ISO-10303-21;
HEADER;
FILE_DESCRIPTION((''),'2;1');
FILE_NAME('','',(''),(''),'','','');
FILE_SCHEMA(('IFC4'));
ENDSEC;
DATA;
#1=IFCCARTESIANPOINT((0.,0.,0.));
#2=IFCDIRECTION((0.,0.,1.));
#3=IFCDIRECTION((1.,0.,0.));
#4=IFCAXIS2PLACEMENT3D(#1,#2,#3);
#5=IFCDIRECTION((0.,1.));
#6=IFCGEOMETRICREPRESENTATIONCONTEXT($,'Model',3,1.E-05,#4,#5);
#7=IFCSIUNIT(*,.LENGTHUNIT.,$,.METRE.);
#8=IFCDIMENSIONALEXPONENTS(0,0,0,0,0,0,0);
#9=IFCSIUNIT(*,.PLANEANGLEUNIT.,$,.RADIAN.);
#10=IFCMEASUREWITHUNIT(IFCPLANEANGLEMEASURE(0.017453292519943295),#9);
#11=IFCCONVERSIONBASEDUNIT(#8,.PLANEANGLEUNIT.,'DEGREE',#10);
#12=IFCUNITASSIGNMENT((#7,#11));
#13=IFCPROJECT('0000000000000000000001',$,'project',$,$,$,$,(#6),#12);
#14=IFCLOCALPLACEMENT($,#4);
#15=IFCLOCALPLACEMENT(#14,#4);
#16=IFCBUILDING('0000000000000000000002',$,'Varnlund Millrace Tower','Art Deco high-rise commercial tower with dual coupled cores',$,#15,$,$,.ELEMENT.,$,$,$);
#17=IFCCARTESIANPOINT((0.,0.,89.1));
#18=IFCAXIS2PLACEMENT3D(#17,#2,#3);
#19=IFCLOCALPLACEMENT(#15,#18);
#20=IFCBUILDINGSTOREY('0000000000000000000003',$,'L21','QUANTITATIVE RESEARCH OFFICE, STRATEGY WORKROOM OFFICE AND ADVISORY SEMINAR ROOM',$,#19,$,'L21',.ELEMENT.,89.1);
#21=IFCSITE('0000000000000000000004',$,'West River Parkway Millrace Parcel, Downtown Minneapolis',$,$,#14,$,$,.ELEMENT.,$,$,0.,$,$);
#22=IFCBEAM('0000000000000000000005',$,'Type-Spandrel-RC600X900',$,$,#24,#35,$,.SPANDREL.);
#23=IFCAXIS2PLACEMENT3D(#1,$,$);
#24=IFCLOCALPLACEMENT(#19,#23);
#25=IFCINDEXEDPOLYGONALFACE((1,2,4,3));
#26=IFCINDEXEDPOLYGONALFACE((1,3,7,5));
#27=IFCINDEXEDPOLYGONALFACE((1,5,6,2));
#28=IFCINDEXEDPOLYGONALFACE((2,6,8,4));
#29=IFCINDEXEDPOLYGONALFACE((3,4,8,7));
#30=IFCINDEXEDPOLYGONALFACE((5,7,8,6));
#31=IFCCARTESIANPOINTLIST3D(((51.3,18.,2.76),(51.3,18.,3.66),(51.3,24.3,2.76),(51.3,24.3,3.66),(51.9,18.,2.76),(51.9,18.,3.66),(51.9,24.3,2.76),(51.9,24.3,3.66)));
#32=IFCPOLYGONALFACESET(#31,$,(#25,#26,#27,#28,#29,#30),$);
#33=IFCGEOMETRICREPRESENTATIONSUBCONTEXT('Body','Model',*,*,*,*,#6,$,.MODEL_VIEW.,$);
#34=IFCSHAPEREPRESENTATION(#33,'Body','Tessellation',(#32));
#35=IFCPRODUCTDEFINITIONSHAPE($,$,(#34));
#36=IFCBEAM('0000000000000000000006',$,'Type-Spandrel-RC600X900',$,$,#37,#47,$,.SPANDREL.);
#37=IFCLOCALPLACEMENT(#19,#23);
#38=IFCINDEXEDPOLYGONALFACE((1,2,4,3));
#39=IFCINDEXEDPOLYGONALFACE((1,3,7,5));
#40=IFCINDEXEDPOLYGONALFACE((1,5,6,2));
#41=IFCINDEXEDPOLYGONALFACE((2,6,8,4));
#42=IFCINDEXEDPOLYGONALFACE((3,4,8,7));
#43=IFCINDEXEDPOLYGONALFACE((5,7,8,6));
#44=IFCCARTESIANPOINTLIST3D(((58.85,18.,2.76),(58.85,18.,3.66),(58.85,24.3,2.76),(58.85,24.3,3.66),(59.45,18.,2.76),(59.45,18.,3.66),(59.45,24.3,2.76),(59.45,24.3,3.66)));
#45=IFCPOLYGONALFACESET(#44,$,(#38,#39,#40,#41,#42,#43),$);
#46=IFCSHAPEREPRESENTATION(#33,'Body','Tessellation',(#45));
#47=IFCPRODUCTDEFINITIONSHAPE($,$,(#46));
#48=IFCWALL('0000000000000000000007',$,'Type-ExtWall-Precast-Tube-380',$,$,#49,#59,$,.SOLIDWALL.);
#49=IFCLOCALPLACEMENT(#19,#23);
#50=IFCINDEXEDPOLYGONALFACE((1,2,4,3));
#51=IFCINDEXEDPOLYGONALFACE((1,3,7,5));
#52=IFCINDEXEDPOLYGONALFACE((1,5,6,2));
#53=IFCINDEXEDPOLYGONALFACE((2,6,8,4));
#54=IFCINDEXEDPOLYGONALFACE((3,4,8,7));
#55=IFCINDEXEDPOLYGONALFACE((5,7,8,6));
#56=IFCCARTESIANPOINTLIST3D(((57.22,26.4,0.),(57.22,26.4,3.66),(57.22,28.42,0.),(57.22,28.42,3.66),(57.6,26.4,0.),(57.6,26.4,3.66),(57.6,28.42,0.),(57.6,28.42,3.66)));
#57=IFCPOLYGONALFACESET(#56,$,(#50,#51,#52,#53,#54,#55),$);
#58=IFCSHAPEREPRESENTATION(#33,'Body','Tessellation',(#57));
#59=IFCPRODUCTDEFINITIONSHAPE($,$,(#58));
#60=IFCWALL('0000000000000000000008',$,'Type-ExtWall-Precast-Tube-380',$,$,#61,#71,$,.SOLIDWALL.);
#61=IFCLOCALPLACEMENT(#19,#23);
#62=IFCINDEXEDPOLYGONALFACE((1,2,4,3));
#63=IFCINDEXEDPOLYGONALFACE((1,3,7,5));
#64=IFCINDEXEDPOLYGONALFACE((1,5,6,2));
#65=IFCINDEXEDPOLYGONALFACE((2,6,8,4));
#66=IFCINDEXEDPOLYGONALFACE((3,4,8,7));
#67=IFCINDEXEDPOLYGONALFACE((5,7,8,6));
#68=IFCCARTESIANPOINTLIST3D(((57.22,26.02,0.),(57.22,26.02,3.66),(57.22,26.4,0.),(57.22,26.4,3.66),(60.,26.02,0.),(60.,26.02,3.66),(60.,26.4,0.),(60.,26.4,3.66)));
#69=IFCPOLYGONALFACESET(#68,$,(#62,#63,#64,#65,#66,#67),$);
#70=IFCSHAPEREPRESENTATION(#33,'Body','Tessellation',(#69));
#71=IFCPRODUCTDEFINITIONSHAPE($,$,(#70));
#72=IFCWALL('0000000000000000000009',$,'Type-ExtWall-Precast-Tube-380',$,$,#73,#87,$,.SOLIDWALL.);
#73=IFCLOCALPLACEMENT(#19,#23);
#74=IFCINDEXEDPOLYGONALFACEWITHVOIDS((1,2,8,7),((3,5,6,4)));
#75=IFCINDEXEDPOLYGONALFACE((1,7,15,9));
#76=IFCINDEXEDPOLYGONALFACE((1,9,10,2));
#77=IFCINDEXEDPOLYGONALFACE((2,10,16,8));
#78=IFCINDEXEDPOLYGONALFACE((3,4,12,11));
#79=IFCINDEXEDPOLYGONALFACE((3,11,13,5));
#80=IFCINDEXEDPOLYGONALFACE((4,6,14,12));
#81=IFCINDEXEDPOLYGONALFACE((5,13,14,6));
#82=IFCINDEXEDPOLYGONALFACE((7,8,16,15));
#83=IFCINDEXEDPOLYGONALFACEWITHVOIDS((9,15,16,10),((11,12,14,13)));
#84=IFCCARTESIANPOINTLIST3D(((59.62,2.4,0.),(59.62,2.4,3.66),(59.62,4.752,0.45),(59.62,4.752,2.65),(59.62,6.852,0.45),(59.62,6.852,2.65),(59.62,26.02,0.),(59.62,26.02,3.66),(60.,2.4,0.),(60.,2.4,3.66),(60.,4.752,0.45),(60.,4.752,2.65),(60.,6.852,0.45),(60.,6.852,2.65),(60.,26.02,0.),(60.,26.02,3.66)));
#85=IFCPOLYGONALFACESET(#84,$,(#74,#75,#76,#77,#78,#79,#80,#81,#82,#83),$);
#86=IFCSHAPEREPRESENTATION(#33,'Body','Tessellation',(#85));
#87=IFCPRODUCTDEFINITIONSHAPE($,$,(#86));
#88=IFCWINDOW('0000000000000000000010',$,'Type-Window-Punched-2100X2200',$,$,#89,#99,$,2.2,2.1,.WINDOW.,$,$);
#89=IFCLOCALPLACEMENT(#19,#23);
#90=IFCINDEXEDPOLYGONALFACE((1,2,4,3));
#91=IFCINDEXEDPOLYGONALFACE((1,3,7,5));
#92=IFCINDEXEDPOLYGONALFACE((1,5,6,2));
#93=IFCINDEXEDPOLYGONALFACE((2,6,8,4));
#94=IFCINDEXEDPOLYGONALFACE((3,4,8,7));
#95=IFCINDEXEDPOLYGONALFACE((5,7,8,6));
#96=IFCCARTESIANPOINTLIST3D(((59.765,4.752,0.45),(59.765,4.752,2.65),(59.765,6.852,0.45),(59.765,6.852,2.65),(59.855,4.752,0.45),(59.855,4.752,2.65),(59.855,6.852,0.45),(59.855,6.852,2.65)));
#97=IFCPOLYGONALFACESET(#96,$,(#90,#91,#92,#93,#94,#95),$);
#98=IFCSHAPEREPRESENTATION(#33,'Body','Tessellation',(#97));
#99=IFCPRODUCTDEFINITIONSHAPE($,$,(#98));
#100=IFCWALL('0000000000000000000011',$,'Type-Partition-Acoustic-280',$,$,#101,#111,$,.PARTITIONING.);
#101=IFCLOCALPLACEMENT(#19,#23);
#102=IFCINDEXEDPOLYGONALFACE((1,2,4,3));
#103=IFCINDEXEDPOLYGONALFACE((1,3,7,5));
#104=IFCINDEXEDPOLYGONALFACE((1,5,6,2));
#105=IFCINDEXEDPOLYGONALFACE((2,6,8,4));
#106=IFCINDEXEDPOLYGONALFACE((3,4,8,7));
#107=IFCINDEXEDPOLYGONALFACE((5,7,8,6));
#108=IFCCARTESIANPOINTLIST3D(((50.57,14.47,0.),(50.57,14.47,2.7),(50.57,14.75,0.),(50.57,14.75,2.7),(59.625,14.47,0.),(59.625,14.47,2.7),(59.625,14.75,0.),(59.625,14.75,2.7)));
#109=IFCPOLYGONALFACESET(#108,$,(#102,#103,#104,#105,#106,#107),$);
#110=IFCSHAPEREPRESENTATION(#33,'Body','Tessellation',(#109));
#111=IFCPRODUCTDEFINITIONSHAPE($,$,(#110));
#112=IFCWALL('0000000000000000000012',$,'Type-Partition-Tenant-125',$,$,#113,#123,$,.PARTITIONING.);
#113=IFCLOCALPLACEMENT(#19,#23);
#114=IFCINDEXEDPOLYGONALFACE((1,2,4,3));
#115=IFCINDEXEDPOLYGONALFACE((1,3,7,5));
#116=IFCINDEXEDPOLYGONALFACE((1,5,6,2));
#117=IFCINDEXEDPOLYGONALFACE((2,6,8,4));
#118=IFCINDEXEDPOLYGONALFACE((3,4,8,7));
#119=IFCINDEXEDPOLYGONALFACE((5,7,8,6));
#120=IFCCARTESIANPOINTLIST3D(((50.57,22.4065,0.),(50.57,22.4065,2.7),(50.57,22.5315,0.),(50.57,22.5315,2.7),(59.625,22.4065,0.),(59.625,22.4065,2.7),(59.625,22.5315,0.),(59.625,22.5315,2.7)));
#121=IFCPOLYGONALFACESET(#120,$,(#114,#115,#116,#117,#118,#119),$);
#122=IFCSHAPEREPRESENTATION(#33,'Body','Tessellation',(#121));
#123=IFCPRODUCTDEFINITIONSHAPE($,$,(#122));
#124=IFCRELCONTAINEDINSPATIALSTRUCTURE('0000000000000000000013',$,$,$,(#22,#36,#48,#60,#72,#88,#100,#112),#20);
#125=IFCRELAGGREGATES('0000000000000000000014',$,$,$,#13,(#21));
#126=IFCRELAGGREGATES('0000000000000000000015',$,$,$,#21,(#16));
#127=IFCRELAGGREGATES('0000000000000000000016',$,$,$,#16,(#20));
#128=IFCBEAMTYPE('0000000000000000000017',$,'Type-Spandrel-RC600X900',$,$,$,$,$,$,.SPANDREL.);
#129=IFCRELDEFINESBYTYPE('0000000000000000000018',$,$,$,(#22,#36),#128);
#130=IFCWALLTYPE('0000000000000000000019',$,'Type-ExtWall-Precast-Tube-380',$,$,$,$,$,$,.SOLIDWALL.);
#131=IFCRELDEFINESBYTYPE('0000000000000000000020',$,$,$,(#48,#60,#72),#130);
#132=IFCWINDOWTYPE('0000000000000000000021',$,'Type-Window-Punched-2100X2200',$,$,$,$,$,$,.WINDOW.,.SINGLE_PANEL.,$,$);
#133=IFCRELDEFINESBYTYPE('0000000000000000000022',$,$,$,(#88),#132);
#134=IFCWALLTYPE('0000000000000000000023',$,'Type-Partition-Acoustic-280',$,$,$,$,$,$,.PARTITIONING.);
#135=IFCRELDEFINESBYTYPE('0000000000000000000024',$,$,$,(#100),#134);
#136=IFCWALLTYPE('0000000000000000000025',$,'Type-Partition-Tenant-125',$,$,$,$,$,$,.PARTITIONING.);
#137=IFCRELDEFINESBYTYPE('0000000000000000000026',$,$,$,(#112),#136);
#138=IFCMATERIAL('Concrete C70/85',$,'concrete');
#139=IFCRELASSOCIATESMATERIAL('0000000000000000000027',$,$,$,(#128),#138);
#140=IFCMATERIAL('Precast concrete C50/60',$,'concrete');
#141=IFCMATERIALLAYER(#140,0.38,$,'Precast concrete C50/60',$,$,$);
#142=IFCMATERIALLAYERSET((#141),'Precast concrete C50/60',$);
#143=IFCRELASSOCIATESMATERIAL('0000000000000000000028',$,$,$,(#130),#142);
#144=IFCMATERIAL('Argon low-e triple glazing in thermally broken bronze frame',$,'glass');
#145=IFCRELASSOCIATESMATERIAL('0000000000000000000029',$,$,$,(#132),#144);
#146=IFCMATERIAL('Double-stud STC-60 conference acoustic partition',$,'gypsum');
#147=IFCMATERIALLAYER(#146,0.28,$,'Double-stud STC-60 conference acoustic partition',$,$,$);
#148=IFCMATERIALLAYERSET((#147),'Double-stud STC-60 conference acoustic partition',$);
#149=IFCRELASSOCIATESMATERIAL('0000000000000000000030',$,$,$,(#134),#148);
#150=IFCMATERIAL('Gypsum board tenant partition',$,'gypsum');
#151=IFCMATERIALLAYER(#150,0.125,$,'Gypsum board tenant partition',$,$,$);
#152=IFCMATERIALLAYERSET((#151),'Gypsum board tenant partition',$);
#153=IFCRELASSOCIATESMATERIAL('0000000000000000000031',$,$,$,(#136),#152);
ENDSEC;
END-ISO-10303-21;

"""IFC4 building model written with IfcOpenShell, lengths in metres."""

from ifc_helpers import new_model, entity, si_unit, converted_unit, direction, frame, origin_with_axes, origin_2d_with_axis, place, context, subcontext, project, spatial, polyline, rectangle, outline, extrude, material, layer, layer_set, material_profile, profile_set, type_object, element, fill, save


model = new_model("IFC4")

# Units and contexts
model_context = context("Model", 3, precision=1e-05, world=origin_with_axes(), true_north=direction((0.0, 1.0)))
body_context = subcontext(model_context, "Body", "Model", "MODEL_VIEW")
ifc_project = project(units=[si_unit("LENGTHUNIT", "METRE"), converted_unit("PLANEANGLEUNIT", "DEGREE", entity("IfcPlaneAngleMeasure", 0.017453292519943295), si_unit("PLANEANGLEUNIT", "RADIAN"), dimensions=[0, 0, 0, 0, 0, 0, 0])], contexts=[model_context])

# Site, building, storey
site_placement = place(None, origin_with_axes())
site = spatial("IfcSite", under=ifc_project, at=site_placement, Name="West River Parkway Millrace Parcel, Downtown Minneapolis", CompositionType="ELEMENT", RefElevation=0.0)
building_placement = place(site_placement, origin_with_axes())
building = spatial("IfcBuilding", under=site, at=building_placement, Name="Varnlund Millrace Tower", Description="Art Deco high-rise commercial tower with dual coupled cores", CompositionType="ELEMENT")
storey_placement = place(building_placement, frame((0.0, 0.0, 89.1), z_axis=(0.0, 0.0, 1.0), x_axis=(1.0, 0.0, 0.0)))
storey = spatial("IfcBuildingStorey", under=building, at=storey_placement, Name="L21", Description="QUANTITATIVE RESEARCH OFFICE, STRATEGY WORKROOM OFFICE AND ADVISORY SEMINAR ROOM", LongName="L21", CompositionType="ELEMENT", Elevation=89.1)

# Beams
ifc_material_1 = material(Name="Concrete C70/85", Category="concrete")
ifc_material_profile_1 = material_profile(ifc_material_1, rectangle(XDim=0.6, YDim=0.9, at=origin_2d_with_axis()), Name="Concrete C70/85")
ifc_profile_set_1 = profile_set([ifc_material_profile_1], Name="Concrete C70/85")
beam_type_1 = type_object("IfcBeamType", Name="Type-Spandrel-RC600X900", PredefinedType="SPANDREL", material=ifc_profile_set_1)
for number, where, z_axis, x_axis, name in (
    (1, (51.6, 18.0, 3.21), (0.0, 1.0, 0.0), (-1.0, 0.0, 0.0), "Type-Spandrel-RC600X900"),
    (2, (59.15, 18.0, 3.21), (0.0, 1.0, 0.0), (-1.0, 0.0, 0.0), "Type-Spandrel-RC600X900"),
):
    element("IfcBeam", number, at=place(storey_placement, frame(where, z_axis=z_axis, x_axis=x_axis)), inside=storey, type_object=beam_type_1, Name=name, PredefinedType="SPANDREL", context=body_context, shape_type="SweptSolid", body=[
        extrude(rectangle(XDim=0.6, YDim=0.9, at=origin_2d_with_axis()), origin_with_axes(), (0.0, 0.0, 1.0), 6.3),
    ])

# Walls
ifc_material_2 = material(Name="Precast concrete C50/60", Category="concrete")
ifc_layer_1 = layer(ifc_material_2, 0.38, Name="Precast concrete C50/60")
ifc_layer_set_1 = layer_set([ifc_layer_1], Name="Precast concrete C50/60")
wall_type_1 = type_object("IfcWallType", Name="Type-ExtWall-Precast-Tube-380", PredefinedType="SOLIDWALL", material=ifc_layer_set_1)
wall_1_placement = place(storey_placement, frame((57.41, 28.42, 0.0), z_axis=(0.0, 0.0, 1.0), x_axis=(0.0, -1.0, 0.0)))
element("IfcWall", 3, at=wall_1_placement, inside=storey, type_object=wall_type_1, Name="Type-ExtWall-Precast-Tube-380", PredefinedType="SOLIDWALL", context=body_context, shape_type="SweptSolid", body=[
    extrude(outline(polyline([(0.0, -0.19), (2.02, -0.19), (2.02, 0.19), (0.0, 0.19), (0.0, -0.19)])), origin_with_axes(), (0.0, 0.0, 1.0), 3.66),
])
wall_2_placement = place(storey_placement, frame((57.22, 26.21, 0.0), z_axis=(0.0, 0.0, 1.0), x_axis=(1.0, 0.0, 0.0)))
element("IfcWall", 4, at=wall_2_placement, inside=storey, type_object=wall_type_1, Name="Type-ExtWall-Precast-Tube-380", PredefinedType="SOLIDWALL", context=body_context, shape_type="SweptSolid", body=[
    extrude(outline(polyline([(0.0, -0.19), (2.78, -0.19), (2.78, 0.19), (0.0, 0.19), (0.0, -0.19)])), origin_with_axes(), (0.0, 0.0, 1.0), 3.66),
])

# Wall, opening, window
wall_3_placement = place(storey_placement, frame((59.81, 26.02, 0.0), z_axis=(0.0, 0.0, 1.0), x_axis=(0.0, -1.0, 0.0)))
wall_3 = element("IfcWall", 5, at=wall_3_placement, inside=storey, type_object=wall_type_1, Name="Type-ExtWall-Precast-Tube-380", PredefinedType="SOLIDWALL", context=body_context, shape_type="SweptSolid", body=[
    extrude(outline(polyline([(0.0, -0.19), (23.62, -0.19), (23.62, 0.19), (0.0, 0.19), (0.0, -0.19)])), origin_with_axes(), (0.0, 0.0, 1.0), 3.66),
])
opening_placement = place(wall_3_placement, frame((20.218, 0.0, 0.45), z_axis=(0.0, 0.0, 1.0), x_axis=(1.0, 0.0, 0.0)))
opening = element("IfcOpeningElement", 6, at=opening_placement, cuts=wall_3, PredefinedType="OPENING", context=body_context, shape_type="SweptSolid", body=[
    extrude(rectangle(XDim=2.1, YDim=0.4, at=origin_2d_with_axis()), origin_with_axes(), (0.0, 0.0, 1.0), 2.2),
])
ifc_material_3 = material(Name="Argon low-e triple glazing in thermally broken bronze frame", Category="glass")
window_type = type_object("IfcWindowType", Name="Type-Window-Punched-2100X2200", PartitioningType="SINGLE_PANEL", PredefinedType="WINDOW", material=ifc_material_3)
window_placement = place(wall_3_placement, frame((20.218, 0.0, 0.45), z_axis=(0.0, 0.0, 1.0), x_axis=(1.0, 0.0, 0.0)))
window = element("IfcWindow", 7, at=window_placement, inside=storey, type_object=window_type, Name="Type-Window-Punched-2100X2200", OverallHeight=2.2, OverallWidth=2.1, PredefinedType="WINDOW", context=body_context, shape_type="SweptSolid", body=[
    extrude(rectangle(XDim=2.1, YDim=0.09, at=origin_2d_with_axis()), origin_with_axes(), (0.0, 0.0, 1.0), 2.2),
])
fill(opening, window)

# Walls
ifc_material_4 = material(Name="Double-stud STC-60 conference acoustic partition", Category="gypsum")
ifc_layer_2 = layer(ifc_material_4, 0.28, Name="Double-stud STC-60 conference acoustic partition")
ifc_layer_set_2 = layer_set([ifc_layer_2], Name="Double-stud STC-60 conference acoustic partition")
wall_type_2 = type_object("IfcWallType", Name="Type-Partition-Acoustic-280", PredefinedType="PARTITIONING", material=ifc_layer_set_2)
wall_4_placement = place(storey_placement, frame((50.57, 14.61, 0.0), z_axis=(0.0, 0.0, 1.0), x_axis=(1.0, 0.0, 0.0)))
element("IfcWall", 8, at=wall_4_placement, inside=storey, type_object=wall_type_2, Name="Type-Partition-Acoustic-280", PredefinedType="PARTITIONING", context=body_context, shape_type="SweptSolid", body=[
    extrude(outline(polyline([(0.0, -0.14), (9.055, -0.14), (9.055, 0.14), (0.0, 0.14), (0.0, -0.14)])), origin_with_axes(), (0.0, 0.0, 1.0), 2.7),
])
ifc_material_5 = material(Name="Gypsum board tenant partition", Category="gypsum")
ifc_layer_3 = layer(ifc_material_5, 0.125, Name="Gypsum board tenant partition")
ifc_layer_set_3 = layer_set([ifc_layer_3], Name="Gypsum board tenant partition")
wall_type_3 = type_object("IfcWallType", Name="Type-Partition-Tenant-125", PredefinedType="PARTITIONING", material=ifc_layer_set_3)
wall_5_placement = place(storey_placement, frame((50.57, 22.469, 0.0), z_axis=(0.0, 0.0, 1.0), x_axis=(1.0, 0.0, 0.0)))
element("IfcWall", 9, at=wall_5_placement, inside=storey, type_object=wall_type_3, Name="Type-Partition-Tenant-125", PredefinedType="PARTITIONING", context=body_context, shape_type="SweptSolid", body=[
    extrude(outline(polyline([(0.0, -0.0625), (9.055, -0.0625), (9.055, 0.0625), (0.0, 0.0625), (0.0, -0.0625)])), origin_with_axes(), (0.0, 0.0, 1.0), 2.7),
])

save(model, "model.ifc")
